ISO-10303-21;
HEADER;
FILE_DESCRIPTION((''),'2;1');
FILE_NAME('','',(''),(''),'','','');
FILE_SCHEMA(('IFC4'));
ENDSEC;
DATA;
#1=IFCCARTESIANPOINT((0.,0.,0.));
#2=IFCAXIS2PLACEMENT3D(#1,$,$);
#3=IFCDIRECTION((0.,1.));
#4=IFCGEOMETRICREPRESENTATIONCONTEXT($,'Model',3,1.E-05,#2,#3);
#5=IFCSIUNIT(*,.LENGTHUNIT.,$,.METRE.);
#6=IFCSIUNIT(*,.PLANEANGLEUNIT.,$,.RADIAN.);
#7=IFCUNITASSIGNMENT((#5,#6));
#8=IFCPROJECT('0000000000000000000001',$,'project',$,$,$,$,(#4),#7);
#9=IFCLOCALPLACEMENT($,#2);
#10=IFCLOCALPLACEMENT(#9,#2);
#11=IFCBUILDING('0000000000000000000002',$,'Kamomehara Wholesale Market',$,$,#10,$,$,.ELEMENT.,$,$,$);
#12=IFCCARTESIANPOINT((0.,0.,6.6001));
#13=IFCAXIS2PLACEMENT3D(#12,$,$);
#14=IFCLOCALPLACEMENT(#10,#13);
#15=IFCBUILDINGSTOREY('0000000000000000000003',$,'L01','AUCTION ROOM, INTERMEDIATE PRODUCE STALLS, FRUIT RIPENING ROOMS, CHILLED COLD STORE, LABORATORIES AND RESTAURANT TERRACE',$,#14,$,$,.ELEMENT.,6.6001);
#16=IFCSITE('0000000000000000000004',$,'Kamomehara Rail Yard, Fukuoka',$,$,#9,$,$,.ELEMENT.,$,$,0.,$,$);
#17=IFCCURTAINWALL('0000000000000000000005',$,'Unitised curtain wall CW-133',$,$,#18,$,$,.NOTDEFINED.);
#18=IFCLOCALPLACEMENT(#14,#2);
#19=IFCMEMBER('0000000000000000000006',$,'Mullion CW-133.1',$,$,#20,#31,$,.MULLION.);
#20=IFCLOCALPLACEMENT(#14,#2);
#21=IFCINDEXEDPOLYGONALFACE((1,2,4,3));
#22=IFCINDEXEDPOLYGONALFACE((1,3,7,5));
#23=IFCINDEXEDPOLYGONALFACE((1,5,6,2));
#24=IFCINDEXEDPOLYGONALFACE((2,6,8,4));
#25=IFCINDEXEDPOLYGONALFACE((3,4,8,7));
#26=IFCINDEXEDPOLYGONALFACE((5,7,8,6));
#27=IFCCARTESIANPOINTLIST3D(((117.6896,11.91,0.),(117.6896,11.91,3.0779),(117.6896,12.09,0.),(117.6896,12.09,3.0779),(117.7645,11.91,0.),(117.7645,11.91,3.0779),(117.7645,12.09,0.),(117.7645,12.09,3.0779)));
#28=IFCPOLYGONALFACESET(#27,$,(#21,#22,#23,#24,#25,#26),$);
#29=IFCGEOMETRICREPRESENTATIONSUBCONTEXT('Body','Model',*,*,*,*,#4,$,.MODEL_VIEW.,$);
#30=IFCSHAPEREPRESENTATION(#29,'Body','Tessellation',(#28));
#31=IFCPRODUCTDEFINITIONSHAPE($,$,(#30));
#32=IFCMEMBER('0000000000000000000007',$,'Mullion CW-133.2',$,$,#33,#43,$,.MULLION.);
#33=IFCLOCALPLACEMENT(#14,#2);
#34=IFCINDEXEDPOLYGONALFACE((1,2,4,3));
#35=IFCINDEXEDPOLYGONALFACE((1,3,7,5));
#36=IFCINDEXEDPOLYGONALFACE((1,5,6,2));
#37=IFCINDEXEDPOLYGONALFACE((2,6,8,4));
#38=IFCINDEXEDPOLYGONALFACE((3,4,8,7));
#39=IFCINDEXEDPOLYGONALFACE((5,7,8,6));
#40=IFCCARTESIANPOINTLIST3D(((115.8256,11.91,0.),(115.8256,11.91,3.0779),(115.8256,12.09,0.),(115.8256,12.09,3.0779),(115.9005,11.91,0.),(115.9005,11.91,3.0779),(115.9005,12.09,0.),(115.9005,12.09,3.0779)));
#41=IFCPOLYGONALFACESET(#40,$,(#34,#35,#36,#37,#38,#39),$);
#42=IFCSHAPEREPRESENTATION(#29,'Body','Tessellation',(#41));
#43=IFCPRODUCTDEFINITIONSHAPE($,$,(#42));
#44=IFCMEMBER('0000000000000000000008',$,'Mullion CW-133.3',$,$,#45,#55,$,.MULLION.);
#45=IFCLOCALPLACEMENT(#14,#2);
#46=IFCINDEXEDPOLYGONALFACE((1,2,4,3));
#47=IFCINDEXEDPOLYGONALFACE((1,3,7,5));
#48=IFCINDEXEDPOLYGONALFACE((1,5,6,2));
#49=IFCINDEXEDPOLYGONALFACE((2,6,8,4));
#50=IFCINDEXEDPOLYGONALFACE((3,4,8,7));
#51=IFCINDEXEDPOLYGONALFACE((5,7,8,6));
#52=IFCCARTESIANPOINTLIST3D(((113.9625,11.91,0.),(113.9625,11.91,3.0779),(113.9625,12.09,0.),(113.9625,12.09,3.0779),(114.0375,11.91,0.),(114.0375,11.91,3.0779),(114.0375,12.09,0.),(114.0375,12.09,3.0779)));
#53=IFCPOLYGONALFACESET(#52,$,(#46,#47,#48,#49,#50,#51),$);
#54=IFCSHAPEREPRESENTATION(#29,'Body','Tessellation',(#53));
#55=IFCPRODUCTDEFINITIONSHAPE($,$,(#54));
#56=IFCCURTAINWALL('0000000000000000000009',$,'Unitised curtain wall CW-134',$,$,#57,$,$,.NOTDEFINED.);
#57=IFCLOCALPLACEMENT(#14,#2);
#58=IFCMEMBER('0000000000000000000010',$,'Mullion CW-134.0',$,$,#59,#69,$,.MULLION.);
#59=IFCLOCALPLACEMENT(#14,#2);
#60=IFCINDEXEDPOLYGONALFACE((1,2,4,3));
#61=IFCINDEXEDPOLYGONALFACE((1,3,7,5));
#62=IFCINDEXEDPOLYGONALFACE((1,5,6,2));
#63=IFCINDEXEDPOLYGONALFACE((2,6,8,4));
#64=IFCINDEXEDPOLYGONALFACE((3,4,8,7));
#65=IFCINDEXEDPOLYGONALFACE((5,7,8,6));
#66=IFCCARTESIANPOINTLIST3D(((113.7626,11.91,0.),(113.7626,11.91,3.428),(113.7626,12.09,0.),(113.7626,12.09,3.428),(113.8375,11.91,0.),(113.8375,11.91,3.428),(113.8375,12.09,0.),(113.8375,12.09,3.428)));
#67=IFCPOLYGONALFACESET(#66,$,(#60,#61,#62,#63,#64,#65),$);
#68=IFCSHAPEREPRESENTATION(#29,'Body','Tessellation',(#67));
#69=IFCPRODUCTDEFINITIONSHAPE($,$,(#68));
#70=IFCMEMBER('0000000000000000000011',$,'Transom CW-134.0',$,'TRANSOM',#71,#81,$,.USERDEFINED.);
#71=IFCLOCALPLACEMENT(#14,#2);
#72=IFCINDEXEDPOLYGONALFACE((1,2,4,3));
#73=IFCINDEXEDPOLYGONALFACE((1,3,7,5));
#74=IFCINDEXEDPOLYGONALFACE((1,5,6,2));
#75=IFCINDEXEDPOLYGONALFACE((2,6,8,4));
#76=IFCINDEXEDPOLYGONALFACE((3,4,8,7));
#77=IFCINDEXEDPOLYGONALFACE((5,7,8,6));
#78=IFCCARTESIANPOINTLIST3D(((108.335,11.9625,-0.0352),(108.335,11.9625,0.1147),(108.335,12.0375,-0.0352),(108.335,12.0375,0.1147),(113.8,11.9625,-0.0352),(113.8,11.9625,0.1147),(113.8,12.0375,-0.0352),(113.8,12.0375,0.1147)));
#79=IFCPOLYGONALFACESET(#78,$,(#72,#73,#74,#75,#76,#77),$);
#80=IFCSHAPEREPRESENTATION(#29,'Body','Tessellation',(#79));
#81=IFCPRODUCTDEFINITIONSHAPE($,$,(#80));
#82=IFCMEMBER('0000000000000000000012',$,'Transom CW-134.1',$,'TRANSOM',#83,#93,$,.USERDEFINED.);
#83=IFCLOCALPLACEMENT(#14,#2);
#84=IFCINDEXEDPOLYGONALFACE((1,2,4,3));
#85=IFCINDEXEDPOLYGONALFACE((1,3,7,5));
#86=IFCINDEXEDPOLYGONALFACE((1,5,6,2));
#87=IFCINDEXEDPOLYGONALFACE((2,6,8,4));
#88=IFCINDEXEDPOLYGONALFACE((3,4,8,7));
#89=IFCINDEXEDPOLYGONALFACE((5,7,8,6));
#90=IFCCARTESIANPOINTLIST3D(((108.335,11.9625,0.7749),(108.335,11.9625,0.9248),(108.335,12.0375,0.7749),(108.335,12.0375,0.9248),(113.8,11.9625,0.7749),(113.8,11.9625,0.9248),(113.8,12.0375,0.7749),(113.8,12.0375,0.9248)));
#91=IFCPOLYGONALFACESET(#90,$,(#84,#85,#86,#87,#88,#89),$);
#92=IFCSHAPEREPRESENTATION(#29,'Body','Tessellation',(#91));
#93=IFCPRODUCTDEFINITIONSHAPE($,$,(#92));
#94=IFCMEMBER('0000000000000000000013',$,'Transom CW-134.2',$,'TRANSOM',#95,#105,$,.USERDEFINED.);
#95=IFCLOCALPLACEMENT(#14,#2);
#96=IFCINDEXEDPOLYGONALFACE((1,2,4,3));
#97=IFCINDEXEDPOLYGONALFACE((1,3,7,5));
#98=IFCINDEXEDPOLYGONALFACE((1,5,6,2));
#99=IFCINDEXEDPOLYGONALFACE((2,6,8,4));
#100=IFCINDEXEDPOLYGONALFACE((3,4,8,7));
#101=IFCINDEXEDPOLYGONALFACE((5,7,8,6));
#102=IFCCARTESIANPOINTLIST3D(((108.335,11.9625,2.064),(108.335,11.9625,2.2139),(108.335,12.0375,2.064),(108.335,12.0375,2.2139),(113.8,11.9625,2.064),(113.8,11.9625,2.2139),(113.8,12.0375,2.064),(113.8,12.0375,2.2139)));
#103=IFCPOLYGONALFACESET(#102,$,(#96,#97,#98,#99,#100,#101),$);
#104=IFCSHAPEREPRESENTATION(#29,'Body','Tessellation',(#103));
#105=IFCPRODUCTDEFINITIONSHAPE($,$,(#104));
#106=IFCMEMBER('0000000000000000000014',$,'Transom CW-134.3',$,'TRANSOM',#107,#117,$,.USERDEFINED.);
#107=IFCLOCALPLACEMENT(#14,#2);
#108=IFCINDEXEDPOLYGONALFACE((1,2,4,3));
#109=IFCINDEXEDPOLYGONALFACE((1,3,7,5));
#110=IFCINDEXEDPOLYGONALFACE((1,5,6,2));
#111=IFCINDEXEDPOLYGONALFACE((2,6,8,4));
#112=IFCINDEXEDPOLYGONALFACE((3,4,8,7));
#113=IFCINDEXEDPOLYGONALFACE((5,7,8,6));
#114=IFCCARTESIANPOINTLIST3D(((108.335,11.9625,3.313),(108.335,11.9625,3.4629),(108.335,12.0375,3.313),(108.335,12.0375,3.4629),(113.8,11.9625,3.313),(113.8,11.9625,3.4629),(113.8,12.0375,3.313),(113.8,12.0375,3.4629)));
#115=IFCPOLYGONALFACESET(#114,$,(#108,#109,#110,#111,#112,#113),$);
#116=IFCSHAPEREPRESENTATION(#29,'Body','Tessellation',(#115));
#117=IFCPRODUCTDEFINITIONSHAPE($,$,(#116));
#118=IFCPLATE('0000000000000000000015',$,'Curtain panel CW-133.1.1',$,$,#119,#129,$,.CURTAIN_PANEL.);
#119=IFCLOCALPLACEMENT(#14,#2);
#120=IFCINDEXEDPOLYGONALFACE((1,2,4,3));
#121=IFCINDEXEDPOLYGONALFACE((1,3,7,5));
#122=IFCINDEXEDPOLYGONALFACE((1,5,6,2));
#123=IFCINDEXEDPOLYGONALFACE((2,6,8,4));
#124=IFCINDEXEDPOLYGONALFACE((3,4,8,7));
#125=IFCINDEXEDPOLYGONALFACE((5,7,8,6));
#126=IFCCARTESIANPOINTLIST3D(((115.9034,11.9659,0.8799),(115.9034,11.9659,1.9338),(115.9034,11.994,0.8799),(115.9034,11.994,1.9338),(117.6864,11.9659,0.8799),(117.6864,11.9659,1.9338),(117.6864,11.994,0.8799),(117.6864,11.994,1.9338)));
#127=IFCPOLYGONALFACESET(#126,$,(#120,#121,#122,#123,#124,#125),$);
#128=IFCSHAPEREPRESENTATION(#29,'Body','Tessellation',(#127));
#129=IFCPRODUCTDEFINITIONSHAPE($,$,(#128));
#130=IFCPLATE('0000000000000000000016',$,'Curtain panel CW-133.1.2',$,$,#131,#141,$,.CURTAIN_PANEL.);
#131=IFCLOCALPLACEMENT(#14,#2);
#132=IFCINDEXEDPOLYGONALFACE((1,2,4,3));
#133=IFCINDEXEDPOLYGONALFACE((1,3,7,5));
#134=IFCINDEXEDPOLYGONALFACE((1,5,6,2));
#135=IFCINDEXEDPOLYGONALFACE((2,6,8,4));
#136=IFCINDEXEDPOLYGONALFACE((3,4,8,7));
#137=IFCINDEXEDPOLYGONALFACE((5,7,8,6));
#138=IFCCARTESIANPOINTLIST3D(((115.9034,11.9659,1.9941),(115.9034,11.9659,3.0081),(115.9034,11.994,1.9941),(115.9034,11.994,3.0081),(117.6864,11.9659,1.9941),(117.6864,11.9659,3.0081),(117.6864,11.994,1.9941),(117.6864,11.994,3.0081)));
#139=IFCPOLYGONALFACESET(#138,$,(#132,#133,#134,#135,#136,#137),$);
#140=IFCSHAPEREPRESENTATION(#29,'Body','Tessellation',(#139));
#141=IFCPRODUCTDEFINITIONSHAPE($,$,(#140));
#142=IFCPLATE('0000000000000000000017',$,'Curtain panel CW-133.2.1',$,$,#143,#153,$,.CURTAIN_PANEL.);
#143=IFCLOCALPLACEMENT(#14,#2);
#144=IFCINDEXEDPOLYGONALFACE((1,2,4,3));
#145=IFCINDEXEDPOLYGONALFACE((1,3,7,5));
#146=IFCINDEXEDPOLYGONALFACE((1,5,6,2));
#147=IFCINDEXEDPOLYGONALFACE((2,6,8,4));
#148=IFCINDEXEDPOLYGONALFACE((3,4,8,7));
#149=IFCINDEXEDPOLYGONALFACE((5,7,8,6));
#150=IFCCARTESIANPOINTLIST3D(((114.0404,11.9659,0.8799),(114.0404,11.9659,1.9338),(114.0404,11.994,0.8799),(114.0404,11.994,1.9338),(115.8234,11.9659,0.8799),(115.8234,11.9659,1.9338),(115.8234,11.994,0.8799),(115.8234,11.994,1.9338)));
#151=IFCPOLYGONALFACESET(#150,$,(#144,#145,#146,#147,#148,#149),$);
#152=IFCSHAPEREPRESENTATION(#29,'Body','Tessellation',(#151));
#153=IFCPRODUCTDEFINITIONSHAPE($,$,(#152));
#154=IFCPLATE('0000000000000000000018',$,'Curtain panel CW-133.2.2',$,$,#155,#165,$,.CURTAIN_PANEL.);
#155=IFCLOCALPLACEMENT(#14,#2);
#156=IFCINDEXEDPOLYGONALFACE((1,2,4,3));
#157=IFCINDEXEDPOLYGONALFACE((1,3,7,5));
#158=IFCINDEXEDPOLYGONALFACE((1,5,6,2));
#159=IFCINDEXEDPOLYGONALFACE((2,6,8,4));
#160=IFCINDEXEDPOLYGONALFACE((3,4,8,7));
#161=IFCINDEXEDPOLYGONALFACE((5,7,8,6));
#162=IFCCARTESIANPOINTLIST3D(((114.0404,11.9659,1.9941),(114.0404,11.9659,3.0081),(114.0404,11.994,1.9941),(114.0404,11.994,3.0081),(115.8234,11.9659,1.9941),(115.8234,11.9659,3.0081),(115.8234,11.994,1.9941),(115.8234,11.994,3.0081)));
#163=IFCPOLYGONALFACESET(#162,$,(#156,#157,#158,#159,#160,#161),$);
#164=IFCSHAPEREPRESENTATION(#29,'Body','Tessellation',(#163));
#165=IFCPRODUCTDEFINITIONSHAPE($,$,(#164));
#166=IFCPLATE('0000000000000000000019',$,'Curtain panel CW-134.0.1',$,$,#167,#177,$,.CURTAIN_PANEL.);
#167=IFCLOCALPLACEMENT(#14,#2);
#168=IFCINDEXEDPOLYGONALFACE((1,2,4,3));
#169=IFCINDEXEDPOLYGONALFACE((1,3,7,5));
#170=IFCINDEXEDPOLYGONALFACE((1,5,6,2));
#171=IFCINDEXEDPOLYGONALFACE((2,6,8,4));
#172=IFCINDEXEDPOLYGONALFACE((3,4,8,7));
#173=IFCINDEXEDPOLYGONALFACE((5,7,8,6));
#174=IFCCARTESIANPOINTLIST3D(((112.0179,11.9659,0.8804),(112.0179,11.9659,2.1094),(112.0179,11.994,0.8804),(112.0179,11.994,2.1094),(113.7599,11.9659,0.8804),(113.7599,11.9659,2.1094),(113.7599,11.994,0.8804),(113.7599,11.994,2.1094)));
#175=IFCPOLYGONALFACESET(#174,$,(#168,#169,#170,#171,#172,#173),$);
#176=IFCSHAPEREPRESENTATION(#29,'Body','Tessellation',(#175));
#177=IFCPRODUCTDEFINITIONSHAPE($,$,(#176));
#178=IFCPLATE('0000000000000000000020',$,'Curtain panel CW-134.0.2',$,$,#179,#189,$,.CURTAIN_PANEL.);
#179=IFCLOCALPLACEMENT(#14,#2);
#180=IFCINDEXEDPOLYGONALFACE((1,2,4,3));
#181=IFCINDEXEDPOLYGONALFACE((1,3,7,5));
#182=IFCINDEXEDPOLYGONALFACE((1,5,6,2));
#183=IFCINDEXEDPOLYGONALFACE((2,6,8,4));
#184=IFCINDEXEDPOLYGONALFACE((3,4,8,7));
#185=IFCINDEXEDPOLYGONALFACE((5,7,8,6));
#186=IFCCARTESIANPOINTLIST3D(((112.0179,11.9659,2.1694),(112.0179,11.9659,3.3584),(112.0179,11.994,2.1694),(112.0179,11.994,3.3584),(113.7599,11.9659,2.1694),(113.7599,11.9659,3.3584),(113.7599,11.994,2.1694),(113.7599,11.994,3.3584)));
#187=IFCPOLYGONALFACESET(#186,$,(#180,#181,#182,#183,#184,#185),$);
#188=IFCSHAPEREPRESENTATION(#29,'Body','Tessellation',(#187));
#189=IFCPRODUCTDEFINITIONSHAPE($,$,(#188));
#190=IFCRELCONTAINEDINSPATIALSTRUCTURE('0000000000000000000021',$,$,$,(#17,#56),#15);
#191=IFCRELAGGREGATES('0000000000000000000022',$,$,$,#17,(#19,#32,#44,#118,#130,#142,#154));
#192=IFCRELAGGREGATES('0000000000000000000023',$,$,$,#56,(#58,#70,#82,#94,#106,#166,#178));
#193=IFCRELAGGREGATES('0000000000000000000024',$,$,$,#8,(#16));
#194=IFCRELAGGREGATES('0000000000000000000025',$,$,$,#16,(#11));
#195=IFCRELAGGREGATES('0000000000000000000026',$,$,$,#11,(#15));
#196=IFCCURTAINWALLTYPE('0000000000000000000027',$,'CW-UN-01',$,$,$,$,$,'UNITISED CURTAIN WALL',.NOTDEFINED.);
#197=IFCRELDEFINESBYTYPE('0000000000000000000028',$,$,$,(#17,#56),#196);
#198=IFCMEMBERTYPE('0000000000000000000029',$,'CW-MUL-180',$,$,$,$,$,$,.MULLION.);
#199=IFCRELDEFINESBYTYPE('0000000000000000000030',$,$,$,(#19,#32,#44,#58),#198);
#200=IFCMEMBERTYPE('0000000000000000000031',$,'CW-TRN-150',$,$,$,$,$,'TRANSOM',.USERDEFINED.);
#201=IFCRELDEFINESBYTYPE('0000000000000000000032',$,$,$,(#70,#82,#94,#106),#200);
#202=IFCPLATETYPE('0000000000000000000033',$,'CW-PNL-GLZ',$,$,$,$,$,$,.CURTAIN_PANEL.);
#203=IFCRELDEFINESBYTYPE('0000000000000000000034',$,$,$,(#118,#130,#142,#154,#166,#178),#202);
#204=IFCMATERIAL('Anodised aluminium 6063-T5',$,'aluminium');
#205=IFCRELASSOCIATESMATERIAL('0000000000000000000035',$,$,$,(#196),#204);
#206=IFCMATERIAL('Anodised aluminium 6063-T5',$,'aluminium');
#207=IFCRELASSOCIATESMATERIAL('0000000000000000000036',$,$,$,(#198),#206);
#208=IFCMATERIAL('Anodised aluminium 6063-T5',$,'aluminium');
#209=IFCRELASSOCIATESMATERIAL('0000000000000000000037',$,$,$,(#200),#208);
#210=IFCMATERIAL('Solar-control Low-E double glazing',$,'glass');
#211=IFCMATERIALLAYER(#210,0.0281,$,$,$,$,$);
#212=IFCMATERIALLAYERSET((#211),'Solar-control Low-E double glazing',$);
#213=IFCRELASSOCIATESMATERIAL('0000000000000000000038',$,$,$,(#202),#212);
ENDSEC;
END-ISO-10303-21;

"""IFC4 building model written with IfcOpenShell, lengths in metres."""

from ifc_helpers import new_model, si_unit, direction, frame, origin, origin_2d, place, context, subcontext, project, spatial, rectangle, extrude, material, layer, layer_set, material_profile, profile_set, type_object, element, aggregate, save


model = new_model("IFC4")

# Units and contexts
model_context = context("Model", 3, precision=1e-05, world=origin(), true_north=direction((0.0, 1.0)))
body_context = subcontext(model_context, "Body", "Model", "MODEL_VIEW")
ifc_project = project(units=[si_unit("LENGTHUNIT", "METRE"), si_unit("PLANEANGLEUNIT", "RADIAN")], contexts=[model_context])

# Site, building, storey
site_placement = place(None, origin())
site = spatial("IfcSite", under=ifc_project, at=site_placement, Name="Kamomehara Rail Yard, Fukuoka", CompositionType="ELEMENT", RefElevation=0.0)
building_placement = place(site_placement, origin())
building = spatial("IfcBuilding", under=site, at=building_placement, Name="Kamomehara Wholesale Market", CompositionType="ELEMENT")
storey_placement = place(building_placement, frame((0.0, 0.0, 6.6001)))
storey = spatial("IfcBuildingStorey", under=building, at=storey_placement, Name="L01", Description="AUCTION ROOM, INTERMEDIATE PRODUCE STALLS, FRUIT RIPENING ROOMS, CHILLED COLD STORE, LABORATORIES AND RESTAURANT TERRACE", CompositionType="ELEMENT", Elevation=6.6001)

# Curtain walls, members
ifc_material_1 = material(Name="Anodised aluminium 6063-T5", Category="aluminium")
curtain_wall_type = type_object("IfcCurtainWallType", Name="CW-UN-01", ElementType="UNITISED CURTAIN WALL", PredefinedType="NOTDEFINED", material=ifc_material_1)
curtain_wall_1_placement = place(storey_placement, origin())
curtain_wall_1 = element("IfcCurtainWall", 1, at=curtain_wall_1_placement, inside=storey, type_object=curtain_wall_type, Name="Unitised curtain wall CW-133", PredefinedType="NOTDEFINED")
ifc_material_2 = material(Name="Anodised aluminium 6063-T5", Category="aluminium")
ifc_material_profile_1 = material_profile(ifc_material_2, rectangle(XDim=0.075, YDim=0.1799, at=origin_2d()), Name="ALU-MUL-75x180")
ifc_profile_set_1 = profile_set([ifc_material_profile_1], Name="Anodised aluminium 6063-T5")
member_type_1 = type_object("IfcMemberType", Name="CW-MUL-180", PredefinedType="MULLION", material=ifc_profile_set_1)
member_1_placement = place(storey_placement, frame((117.7271, 12.0, 0.0), z_axis=(0.0, 0.0, 1.0), x_axis=(-1.0, 0.0, 0.0)))
member_1 = element("IfcMember", 2, at=member_1_placement, type_object=member_type_1, Name="Mullion CW-133.1", PredefinedType="MULLION", context=body_context, shape_type="SweptSolid", body=[
    extrude(rectangle(XDim=0.075, YDim=0.1799, at=origin_2d()), origin(), (0.0, 0.0, 1.0), 3.0779),
])
member_2_placement = place(storey_placement, frame((115.863, 12.0, 0.0), z_axis=(0.0, 0.0, 1.0), x_axis=(-1.0, 0.0, 0.0)))
member_2 = element("IfcMember", 3, at=member_2_placement, type_object=member_type_1, Name="Mullion CW-133.2", PredefinedType="MULLION", context=body_context, shape_type="SweptSolid", body=[
    extrude(rectangle(XDim=0.075, YDim=0.1799, at=origin_2d()), origin(), (0.0, 0.0, 1.0), 3.0779),
])
member_3_placement = place(storey_placement, frame((114.0, 12.0, 0.0), z_axis=(0.0, 0.0, 1.0), x_axis=(-1.0, 0.0, 0.0)))
member_3 = element("IfcMember", 4, at=member_3_placement, type_object=member_type_1, Name="Mullion CW-133.3", PredefinedType="MULLION", context=body_context, shape_type="SweptSolid", body=[
    extrude(rectangle(XDim=0.075, YDim=0.1799, at=origin_2d()), origin(), (0.0, 0.0, 1.0), 3.0779),
])
curtain_wall_2_placement = place(storey_placement, origin())
curtain_wall_2 = element("IfcCurtainWall", 5, at=curtain_wall_2_placement, inside=storey, type_object=curtain_wall_type, Name="Unitised curtain wall CW-134", PredefinedType="NOTDEFINED")
member_4_placement = place(storey_placement, frame((113.8, 12.0, 0.0), z_axis=(0.0, 0.0, 1.0), x_axis=(-1.0, 0.0, 0.0)))
member_4 = element("IfcMember", 6, at=member_4_placement, type_object=member_type_1, Name="Mullion CW-134.0", PredefinedType="MULLION", context=body_context, shape_type="SweptSolid", body=[
    extrude(rectangle(XDim=0.075, YDim=0.1799, at=origin_2d()), origin(), (0.0, 0.0, 1.0), 3.428),
])
ifc_material_3 = material(Name="Anodised aluminium 6063-T5", Category="aluminium")
ifc_material_profile_2 = material_profile(ifc_material_3, rectangle(XDim=0.075, YDim=0.1499, at=origin_2d()), Name="ALU-TRN-75x150")
ifc_profile_set_2 = profile_set([ifc_material_profile_2], Name="Anodised aluminium 6063-T5")
member_type_2 = type_object("IfcMemberType", Name="CW-TRN-150", ElementType="TRANSOM", PredefinedType="USERDEFINED", material=ifc_profile_set_2)
member_5_placement = place(storey_placement, frame((113.8, 12.0, 0.0398), z_axis=(-1.0, 0.0, 0.0), x_axis=(0.0, -1.0, 0.0)))
member_5 = element("IfcMember", 7, at=member_5_placement, type_object=member_type_2, Name="Transom CW-134.0", ObjectType="TRANSOM", PredefinedType="USERDEFINED", context=body_context, shape_type="SweptSolid", body=[
    extrude(rectangle(XDim=0.075, YDim=0.1499, at=origin_2d()), origin(), (0.0, 0.0, 1.0), 5.4651),
])
member_6_placement = place(storey_placement, frame((113.8, 12.0, 0.8499), z_axis=(-1.0, 0.0, 0.0), x_axis=(0.0, -1.0, 0.0)))
member_6 = element("IfcMember", 8, at=member_6_placement, type_object=member_type_2, Name="Transom CW-134.1", ObjectType="TRANSOM", PredefinedType="USERDEFINED", context=body_context, shape_type="SweptSolid", body=[
    extrude(rectangle(XDim=0.075, YDim=0.1499, at=origin_2d()), origin(), (0.0, 0.0, 1.0), 5.4651),
])
member_7_placement = place(storey_placement, frame((113.8, 12.0, 2.1389), z_axis=(-1.0, 0.0, 0.0), x_axis=(0.0, -1.0, 0.0)))
member_7 = element("IfcMember", 9, at=member_7_placement, type_object=member_type_2, Name="Transom CW-134.2", ObjectType="TRANSOM", PredefinedType="USERDEFINED", context=body_context, shape_type="SweptSolid", body=[
    extrude(rectangle(XDim=0.075, YDim=0.1499, at=origin_2d()), origin(), (0.0, 0.0, 1.0), 5.4651),
])
member_8_placement = place(storey_placement, frame((113.8, 12.0, 3.3879), z_axis=(-1.0, 0.0, 0.0), x_axis=(0.0, -1.0, 0.0)))
member_8 = element("IfcMember", 10, at=member_8_placement, type_object=member_type_2, Name="Transom CW-134.3", ObjectType="TRANSOM", PredefinedType="USERDEFINED", context=body_context, shape_type="SweptSolid", body=[
    extrude(rectangle(XDim=0.075, YDim=0.1499, at=origin_2d()), origin(), (0.0, 0.0, 1.0), 5.4651),
])

# Plates
ifc_material_4 = material(Name="Solar-control Low-E double glazing", Category="glass")
ifc_layer_1 = layer(ifc_material_4, 0.0281)
ifc_layer_set_1 = layer_set([ifc_layer_1], Name="Solar-control Low-E double glazing")
plate_type_1 = type_object("IfcPlateType", Name="CW-PNL-GLZ", PredefinedType="CURTAIN_PANEL", material=ifc_layer_set_1)
plate_1_placement = place(storey_placement, frame((116.7949, 11.98, 0.8799), z_axis=(0.0, 0.0, 1.0), x_axis=(-1.0, 0.0, 0.0)))
plate_1 = element("IfcPlate", 11, at=plate_1_placement, type_object=plate_type_1, Name="Curtain panel CW-133.1.1", PredefinedType="CURTAIN_PANEL", context=body_context, shape_type="SweptSolid", body=[
    extrude(rectangle(XDim=1.783, YDim=0.0281, at=origin_2d()), origin(), (0.0, 0.0, 1.0), 1.054),
])
plate_2_placement = place(storey_placement, frame((116.7949, 11.98, 1.9941), z_axis=(0.0, 0.0, 1.0), x_axis=(-1.0, 0.0, 0.0)))
plate_2 = element("IfcPlate", 12, at=plate_2_placement, type_object=plate_type_1, Name="Curtain panel CW-133.1.2", PredefinedType="CURTAIN_PANEL", context=body_context, shape_type="SweptSolid", body=[
    extrude(rectangle(XDim=1.783, YDim=0.0281, at=origin_2d()), origin(), (0.0, 0.0, 1.0), 1.0139),
])
plate_3_placement = place(storey_placement, frame((114.9319, 11.98, 0.8799), z_axis=(0.0, 0.0, 1.0), x_axis=(-1.0, 0.0, 0.0)))
plate_3 = element("IfcPlate", 13, at=plate_3_placement, type_object=plate_type_1, Name="Curtain panel CW-133.2.1", PredefinedType="CURTAIN_PANEL", context=body_context, shape_type="SweptSolid", body=[
    extrude(rectangle(XDim=1.783, YDim=0.0281, at=origin_2d()), origin(), (0.0, 0.0, 1.0), 1.054),
])
plate_4_placement = place(storey_placement, frame((114.9319, 11.98, 1.9941), z_axis=(0.0, 0.0, 1.0), x_axis=(-1.0, 0.0, 0.0)))
plate_4 = element("IfcPlate", 14, at=plate_4_placement, type_object=plate_type_1, Name="Curtain panel CW-133.2.2", PredefinedType="CURTAIN_PANEL", context=body_context, shape_type="SweptSolid", body=[
    extrude(rectangle(XDim=1.783, YDim=0.0281, at=origin_2d()), origin(), (0.0, 0.0, 1.0), 1.0139),
])
plate_5_placement = place(storey_placement, frame((112.8889, 11.98, 0.8804), z_axis=(0.0, 0.0, 1.0), x_axis=(-1.0, 0.0, 0.0)))
plate_5 = element("IfcPlate", 15, at=plate_5_placement, type_object=plate_type_1, Name="Curtain panel CW-134.0.1", PredefinedType="CURTAIN_PANEL", context=body_context, shape_type="SweptSolid", body=[
    extrude(rectangle(XDim=1.7419, YDim=0.0281, at=origin_2d()), origin(), (0.0, 0.0, 1.0), 1.229),
])
plate_6_placement = place(storey_placement, frame((112.8889, 11.98, 2.1694), z_axis=(0.0, 0.0, 1.0), x_axis=(-1.0, 0.0, 0.0)))
plate_6 = element("IfcPlate", 16, at=plate_6_placement, type_object=plate_type_1, Name="Curtain panel CW-134.0.2", PredefinedType="CURTAIN_PANEL", context=body_context, shape_type="SweptSolid", body=[
    extrude(rectangle(XDim=1.7419, YDim=0.0281, at=origin_2d()), origin(), (0.0, 0.0, 1.0), 1.189),
])
aggregate(curtain_wall_1, [member_1, member_2, member_3, plate_1, plate_2, plate_3, plate_4])
aggregate(curtain_wall_2, [member_4, member_5, member_6, member_7, member_8, plate_5, plate_6])

save(model, "model.ifc")
